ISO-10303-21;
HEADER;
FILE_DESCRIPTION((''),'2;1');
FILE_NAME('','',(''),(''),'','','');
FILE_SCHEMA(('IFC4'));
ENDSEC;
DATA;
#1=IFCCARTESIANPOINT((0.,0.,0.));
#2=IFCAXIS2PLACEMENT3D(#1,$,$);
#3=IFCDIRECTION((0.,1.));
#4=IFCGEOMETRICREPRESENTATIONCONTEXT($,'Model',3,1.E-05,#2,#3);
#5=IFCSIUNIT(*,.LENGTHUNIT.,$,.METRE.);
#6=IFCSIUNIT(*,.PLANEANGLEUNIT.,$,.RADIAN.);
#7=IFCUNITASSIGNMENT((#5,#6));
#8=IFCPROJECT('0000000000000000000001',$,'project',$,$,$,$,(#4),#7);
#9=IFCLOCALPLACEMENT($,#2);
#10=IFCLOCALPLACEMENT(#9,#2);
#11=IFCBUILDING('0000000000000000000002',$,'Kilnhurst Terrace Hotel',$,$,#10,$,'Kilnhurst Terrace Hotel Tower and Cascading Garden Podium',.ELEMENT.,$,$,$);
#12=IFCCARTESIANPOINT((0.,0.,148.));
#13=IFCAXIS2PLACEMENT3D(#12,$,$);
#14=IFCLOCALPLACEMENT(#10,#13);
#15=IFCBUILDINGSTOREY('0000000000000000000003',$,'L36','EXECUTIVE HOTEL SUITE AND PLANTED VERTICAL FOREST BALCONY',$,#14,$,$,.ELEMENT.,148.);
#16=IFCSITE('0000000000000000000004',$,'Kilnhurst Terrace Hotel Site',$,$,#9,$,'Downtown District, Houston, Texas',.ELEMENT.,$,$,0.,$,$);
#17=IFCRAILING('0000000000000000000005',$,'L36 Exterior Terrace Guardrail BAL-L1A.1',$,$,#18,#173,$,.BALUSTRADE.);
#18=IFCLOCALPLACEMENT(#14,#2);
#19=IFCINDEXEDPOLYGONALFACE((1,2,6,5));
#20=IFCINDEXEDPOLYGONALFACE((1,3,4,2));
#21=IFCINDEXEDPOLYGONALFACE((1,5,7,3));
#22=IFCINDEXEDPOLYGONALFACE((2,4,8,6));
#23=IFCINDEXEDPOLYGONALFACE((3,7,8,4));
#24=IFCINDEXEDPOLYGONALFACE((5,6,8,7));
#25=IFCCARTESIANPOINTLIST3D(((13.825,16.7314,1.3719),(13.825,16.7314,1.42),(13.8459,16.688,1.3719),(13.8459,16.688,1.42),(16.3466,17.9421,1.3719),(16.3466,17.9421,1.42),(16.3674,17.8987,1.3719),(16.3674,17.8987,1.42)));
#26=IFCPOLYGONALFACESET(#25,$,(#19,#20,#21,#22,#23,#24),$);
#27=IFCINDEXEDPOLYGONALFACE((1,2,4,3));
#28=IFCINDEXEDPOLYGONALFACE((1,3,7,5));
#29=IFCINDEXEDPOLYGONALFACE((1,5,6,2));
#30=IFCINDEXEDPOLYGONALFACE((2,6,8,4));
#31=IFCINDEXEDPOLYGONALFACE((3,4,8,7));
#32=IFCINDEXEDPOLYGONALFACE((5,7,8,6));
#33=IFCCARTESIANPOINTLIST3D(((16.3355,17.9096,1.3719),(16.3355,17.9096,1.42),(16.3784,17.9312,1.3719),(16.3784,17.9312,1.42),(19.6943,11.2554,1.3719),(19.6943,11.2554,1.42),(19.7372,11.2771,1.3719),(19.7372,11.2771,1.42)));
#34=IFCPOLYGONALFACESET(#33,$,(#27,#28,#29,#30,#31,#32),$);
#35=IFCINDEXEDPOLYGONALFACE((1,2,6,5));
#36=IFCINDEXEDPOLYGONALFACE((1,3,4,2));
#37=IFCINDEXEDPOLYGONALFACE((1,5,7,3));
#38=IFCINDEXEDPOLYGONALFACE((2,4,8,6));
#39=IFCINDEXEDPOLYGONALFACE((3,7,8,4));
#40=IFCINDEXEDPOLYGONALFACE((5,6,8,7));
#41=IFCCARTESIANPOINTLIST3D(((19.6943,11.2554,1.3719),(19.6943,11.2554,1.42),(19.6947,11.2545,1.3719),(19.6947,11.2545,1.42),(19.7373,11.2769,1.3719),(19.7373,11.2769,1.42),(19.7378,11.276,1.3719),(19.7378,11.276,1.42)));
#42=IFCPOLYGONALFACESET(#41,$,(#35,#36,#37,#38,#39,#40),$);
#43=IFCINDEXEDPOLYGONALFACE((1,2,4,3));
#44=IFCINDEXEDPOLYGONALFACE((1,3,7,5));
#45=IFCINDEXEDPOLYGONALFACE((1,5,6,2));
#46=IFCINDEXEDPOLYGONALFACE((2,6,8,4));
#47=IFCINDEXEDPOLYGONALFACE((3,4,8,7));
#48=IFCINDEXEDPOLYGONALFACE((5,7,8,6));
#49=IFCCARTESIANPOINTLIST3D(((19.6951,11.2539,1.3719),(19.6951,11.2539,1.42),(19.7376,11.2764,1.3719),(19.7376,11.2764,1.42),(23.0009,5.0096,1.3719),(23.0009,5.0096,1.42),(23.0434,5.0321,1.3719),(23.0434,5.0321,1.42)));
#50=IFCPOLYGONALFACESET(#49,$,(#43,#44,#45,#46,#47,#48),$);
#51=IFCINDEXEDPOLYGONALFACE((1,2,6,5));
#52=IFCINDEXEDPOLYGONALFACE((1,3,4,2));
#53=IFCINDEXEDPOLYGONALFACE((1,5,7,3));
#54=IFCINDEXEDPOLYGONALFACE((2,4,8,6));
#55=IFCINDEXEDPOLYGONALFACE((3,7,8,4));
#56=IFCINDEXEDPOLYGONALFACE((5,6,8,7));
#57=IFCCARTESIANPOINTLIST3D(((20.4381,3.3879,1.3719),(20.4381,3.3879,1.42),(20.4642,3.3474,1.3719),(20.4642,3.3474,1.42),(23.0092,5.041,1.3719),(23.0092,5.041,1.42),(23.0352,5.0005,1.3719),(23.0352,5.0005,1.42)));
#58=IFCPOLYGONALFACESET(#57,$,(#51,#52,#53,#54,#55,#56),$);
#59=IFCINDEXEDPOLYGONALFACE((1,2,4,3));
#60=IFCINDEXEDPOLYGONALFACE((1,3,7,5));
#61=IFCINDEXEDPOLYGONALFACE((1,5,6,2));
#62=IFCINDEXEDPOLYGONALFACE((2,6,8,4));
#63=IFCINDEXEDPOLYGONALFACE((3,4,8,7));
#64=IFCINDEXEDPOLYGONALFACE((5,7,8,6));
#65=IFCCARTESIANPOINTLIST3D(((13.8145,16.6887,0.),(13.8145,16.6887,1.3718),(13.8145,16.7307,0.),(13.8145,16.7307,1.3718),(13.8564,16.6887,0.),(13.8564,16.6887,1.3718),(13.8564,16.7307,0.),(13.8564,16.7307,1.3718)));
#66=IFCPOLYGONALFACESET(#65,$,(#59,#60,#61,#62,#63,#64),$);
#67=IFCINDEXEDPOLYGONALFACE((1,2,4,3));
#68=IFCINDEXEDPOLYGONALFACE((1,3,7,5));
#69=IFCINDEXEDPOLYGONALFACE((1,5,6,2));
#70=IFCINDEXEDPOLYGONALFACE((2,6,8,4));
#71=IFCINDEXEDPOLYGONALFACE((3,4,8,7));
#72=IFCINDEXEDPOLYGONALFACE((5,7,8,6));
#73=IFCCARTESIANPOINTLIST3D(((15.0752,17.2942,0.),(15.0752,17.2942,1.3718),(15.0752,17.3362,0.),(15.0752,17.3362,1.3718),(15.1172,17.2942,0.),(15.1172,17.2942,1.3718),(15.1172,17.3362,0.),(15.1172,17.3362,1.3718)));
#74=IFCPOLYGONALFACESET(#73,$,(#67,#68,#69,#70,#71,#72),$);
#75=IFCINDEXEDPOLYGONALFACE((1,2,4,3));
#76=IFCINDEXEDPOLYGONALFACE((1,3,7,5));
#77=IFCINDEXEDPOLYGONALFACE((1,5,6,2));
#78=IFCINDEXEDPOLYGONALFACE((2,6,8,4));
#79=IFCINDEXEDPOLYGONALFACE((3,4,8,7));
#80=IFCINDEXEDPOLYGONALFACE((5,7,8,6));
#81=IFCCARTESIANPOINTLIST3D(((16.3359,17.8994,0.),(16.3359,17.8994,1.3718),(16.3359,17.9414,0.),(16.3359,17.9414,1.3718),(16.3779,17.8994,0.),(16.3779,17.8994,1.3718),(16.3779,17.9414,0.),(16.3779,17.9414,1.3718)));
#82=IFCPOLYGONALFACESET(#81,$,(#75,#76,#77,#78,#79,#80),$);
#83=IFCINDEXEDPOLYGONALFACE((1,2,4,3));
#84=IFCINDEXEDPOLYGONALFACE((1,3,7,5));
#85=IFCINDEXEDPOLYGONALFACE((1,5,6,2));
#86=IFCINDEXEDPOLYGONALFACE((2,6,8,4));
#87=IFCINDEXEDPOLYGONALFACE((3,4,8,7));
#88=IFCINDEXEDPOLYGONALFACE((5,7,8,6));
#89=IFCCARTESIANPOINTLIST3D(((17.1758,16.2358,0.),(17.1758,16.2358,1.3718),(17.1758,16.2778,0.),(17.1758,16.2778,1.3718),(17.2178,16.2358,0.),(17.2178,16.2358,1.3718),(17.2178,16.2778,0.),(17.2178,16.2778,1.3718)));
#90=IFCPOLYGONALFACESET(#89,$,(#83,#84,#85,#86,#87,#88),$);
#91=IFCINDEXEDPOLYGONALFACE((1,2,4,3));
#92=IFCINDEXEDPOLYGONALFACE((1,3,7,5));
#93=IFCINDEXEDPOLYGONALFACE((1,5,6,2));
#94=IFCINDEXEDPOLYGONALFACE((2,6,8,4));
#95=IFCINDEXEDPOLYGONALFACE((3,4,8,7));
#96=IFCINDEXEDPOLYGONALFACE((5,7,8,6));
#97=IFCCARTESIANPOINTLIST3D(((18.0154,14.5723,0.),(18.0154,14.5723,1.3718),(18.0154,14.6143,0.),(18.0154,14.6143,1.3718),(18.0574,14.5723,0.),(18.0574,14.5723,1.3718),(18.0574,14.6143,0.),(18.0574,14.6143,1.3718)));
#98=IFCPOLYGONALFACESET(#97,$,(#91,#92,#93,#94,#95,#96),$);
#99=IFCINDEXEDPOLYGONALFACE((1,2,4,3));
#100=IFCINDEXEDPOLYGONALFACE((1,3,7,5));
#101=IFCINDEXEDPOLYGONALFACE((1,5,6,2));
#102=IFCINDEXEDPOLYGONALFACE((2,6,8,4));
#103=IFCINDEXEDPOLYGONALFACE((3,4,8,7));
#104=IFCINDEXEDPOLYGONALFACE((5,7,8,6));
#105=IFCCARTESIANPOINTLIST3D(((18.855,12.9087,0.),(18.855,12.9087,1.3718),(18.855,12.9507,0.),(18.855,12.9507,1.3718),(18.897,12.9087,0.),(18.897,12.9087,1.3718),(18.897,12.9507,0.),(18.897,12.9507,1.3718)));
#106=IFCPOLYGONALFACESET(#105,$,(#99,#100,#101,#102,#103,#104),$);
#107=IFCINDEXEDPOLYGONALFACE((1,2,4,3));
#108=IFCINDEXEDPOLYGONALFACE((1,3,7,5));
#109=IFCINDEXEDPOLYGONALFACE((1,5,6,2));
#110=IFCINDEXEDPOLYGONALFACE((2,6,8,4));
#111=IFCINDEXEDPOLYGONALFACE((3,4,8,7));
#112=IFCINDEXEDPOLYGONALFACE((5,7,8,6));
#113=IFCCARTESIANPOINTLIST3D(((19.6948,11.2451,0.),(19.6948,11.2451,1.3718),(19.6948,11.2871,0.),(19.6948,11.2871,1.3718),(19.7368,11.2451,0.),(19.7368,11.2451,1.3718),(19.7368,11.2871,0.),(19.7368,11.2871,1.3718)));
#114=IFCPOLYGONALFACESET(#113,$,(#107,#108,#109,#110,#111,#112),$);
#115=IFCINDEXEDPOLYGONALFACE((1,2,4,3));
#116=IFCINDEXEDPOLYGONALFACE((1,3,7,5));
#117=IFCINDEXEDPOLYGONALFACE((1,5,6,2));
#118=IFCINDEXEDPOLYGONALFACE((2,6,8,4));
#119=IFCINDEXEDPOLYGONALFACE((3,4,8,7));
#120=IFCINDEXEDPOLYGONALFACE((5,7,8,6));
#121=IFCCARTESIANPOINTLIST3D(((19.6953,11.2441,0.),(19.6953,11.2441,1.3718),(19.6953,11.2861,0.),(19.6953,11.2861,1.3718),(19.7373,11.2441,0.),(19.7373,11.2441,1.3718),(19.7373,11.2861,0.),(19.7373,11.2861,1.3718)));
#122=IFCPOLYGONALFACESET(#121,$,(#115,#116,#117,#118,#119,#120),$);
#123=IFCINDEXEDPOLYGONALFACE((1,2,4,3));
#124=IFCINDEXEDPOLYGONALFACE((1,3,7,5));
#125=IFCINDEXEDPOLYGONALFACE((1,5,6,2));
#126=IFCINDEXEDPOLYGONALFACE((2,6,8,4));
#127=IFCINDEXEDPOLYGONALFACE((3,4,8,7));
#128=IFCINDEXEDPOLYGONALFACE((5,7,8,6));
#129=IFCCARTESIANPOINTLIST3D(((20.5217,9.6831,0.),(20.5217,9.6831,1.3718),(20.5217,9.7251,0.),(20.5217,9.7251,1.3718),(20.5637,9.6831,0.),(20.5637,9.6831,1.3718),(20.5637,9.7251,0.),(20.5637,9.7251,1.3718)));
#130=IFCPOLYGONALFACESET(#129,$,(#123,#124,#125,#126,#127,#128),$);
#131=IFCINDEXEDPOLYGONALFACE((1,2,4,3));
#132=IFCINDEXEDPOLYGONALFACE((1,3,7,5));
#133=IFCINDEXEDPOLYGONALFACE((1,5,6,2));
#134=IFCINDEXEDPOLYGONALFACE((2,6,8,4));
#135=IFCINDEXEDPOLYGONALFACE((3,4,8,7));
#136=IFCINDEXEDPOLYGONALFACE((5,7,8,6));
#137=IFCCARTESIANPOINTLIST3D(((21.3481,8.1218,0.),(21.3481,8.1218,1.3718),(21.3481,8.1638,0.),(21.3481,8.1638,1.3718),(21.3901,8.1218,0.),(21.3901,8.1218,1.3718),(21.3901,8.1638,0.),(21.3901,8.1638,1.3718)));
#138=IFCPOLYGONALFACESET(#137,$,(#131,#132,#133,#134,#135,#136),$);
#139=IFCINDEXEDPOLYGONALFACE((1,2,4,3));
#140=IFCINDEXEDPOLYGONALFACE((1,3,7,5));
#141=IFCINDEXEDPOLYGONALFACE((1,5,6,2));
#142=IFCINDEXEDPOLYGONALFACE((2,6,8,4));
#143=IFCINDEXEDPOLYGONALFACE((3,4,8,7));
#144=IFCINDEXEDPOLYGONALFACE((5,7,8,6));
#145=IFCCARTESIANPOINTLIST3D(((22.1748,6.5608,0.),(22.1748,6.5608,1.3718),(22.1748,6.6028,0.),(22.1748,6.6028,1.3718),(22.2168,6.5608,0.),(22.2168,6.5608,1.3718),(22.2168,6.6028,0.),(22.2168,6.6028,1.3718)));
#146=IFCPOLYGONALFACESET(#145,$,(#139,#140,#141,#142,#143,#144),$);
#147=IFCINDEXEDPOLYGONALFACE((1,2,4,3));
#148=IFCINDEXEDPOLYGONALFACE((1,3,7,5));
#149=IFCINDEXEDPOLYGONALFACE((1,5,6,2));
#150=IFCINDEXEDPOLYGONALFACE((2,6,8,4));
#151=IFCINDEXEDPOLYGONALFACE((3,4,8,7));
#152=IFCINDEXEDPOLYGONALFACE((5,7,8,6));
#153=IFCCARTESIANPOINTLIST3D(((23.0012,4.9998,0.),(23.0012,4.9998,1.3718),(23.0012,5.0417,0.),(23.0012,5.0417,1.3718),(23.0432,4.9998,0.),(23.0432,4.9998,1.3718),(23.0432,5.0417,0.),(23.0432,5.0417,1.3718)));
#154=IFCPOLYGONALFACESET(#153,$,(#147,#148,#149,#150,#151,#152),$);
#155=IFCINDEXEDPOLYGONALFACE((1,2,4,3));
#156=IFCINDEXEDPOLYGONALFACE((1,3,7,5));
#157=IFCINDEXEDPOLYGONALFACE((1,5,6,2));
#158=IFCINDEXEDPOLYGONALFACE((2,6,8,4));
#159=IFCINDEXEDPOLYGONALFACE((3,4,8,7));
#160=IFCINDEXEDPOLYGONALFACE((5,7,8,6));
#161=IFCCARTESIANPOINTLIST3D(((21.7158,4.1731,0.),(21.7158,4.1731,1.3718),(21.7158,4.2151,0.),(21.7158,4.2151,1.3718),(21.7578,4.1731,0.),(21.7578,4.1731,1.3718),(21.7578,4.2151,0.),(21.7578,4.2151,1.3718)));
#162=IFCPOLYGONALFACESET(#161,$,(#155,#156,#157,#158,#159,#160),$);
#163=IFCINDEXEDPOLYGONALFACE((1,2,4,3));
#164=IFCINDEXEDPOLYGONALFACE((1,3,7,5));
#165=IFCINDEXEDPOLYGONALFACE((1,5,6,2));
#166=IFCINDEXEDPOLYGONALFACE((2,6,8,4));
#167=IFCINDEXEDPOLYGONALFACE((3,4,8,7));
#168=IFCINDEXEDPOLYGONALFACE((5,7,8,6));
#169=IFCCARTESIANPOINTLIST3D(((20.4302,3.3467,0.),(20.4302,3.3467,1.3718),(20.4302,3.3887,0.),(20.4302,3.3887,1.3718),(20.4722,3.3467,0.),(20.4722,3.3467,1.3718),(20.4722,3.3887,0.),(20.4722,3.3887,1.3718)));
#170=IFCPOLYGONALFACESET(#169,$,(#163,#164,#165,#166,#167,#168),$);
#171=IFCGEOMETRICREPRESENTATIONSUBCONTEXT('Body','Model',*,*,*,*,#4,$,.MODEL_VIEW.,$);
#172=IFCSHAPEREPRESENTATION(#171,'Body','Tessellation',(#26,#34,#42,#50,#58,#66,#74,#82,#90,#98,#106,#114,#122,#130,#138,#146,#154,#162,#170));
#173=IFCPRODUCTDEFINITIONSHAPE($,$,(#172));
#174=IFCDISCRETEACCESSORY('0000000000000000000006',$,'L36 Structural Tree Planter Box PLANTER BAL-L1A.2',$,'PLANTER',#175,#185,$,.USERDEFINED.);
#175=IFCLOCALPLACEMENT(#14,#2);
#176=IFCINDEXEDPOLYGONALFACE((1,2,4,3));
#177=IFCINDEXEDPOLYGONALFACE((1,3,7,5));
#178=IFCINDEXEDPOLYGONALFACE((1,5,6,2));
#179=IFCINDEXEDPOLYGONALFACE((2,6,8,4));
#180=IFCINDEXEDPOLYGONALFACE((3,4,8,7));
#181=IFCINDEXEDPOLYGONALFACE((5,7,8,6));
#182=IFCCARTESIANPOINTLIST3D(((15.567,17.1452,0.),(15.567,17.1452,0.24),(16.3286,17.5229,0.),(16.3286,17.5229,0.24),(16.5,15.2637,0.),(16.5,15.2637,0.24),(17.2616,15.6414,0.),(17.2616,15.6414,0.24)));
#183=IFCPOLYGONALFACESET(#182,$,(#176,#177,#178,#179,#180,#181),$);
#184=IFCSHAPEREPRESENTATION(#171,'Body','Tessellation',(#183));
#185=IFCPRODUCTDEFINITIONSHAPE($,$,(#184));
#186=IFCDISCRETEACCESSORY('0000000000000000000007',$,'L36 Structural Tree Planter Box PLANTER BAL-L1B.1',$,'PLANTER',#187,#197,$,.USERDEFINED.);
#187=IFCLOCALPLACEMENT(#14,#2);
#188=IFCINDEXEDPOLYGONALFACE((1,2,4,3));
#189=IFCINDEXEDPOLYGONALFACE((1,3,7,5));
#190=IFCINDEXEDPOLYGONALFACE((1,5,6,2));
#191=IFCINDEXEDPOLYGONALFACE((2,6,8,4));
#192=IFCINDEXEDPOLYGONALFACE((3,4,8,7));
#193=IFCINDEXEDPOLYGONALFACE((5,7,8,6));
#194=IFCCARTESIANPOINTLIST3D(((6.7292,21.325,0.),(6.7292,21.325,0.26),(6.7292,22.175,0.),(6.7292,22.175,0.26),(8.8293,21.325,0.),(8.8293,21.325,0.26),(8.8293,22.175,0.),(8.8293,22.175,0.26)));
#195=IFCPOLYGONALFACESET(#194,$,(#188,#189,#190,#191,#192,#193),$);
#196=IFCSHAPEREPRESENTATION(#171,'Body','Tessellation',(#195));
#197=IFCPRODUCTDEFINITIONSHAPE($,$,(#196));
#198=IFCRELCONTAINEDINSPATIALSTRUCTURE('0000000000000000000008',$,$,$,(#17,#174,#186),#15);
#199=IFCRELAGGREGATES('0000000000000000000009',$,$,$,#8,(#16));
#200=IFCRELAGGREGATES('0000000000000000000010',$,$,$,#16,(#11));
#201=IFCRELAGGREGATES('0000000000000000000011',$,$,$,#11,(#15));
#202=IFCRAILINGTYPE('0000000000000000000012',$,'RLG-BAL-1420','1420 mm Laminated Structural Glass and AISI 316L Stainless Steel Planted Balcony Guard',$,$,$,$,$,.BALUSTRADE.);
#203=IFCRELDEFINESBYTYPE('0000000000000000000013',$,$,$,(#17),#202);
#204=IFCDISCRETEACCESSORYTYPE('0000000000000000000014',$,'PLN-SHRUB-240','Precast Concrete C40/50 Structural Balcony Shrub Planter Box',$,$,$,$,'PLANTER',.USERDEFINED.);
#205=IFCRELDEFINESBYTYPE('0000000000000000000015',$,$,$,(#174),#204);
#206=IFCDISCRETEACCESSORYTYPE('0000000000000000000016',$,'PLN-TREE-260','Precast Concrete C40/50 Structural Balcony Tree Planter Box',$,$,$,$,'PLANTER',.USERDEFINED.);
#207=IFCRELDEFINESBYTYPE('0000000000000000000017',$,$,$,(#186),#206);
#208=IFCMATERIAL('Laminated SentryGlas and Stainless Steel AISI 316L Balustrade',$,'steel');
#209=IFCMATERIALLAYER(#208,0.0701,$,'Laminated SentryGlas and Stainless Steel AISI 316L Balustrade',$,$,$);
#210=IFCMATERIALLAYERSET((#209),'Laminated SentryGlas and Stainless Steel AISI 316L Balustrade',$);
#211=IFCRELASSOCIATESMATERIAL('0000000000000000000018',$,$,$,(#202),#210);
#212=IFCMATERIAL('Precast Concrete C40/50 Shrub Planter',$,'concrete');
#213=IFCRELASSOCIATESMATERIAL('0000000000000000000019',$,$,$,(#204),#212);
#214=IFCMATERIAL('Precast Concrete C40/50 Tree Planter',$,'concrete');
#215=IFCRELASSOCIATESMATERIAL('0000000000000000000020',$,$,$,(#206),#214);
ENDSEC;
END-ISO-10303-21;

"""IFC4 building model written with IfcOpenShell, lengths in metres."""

from ifc_helpers import new_model, si_unit, direction, frame, origin, origin_2d, place, context, subcontext, project, spatial, rectangle, extrude, material, layer, layer_set, type_object, element, save


model = new_model("IFC4")

# Units and contexts
model_context = context("Model", 3, precision=1e-05, world=origin(), true_north=direction((0.0, 1.0)))
body_context = subcontext(model_context, "Body", "Model", "MODEL_VIEW")
ifc_project = project(units=[si_unit("LENGTHUNIT", "METRE"), si_unit("PLANEANGLEUNIT", "RADIAN")], contexts=[model_context])

# Site, building, storey
site_placement = place(None, origin())
site = spatial("IfcSite", under=ifc_project, at=site_placement, Name="Kilnhurst Terrace Hotel Site", LongName="Downtown District, Houston, Texas", CompositionType="ELEMENT", RefElevation=0.0)
building_placement = place(site_placement, origin())
building = spatial("IfcBuilding", under=site, at=building_placement, Name="Kilnhurst Terrace Hotel", LongName="Kilnhurst Terrace Hotel Tower and Cascading Garden Podium", CompositionType="ELEMENT")
storey_placement = place(building_placement, frame((0.0, 0.0, 148.0)))
storey = spatial("IfcBuildingStorey", under=building, at=storey_placement, Name="L36", Description="EXECUTIVE HOTEL SUITE AND PLANTED VERTICAL FOREST BALCONY", CompositionType="ELEMENT", Elevation=148.0)

# Railing
ifc_material_1 = material(Name="Laminated SentryGlas and Stainless Steel AISI 316L Balustrade", Category="steel")
ifc_layer_1 = layer(ifc_material_1, 0.0701, Name="Laminated SentryGlas and Stainless Steel AISI 316L Balustrade")
ifc_layer_set_1 = layer_set([ifc_layer_1], Name="Laminated SentryGlas and Stainless Steel AISI 316L Balustrade")
railing_type = type_object("IfcRailingType", Name="RLG-BAL-1420", Description="1420 mm Laminated Structural Glass and AISI 316L Stainless Steel Planted Balcony Guard", PredefinedType="BALUSTRADE", material=ifc_layer_set_1)
railing_placement = place(storey_placement, frame((13.8354, 16.7097, 0.0)))
element("IfcRailing", 1, at=railing_placement, inside=storey, type_object=railing_type, Name="L36 Exterior Terrace Guardrail BAL-L1A.1", PredefinedType="BALUSTRADE", context=body_context, shape_type="SweptSolid", body=[
    extrude(rectangle(XDim=0.0481, YDim=0.0481, at=origin_2d()), frame((0.0, 0.0, 1.396), z_axis=(0.90147, 0.432842, 0.0), x_axis=(-0.432842, 0.90147, 0.0)), (0.0, 0.0, 1.0), 2.7971),
    extrude(rectangle(XDim=0.0481, YDim=0.0481, at=origin_2d()), frame((2.5215, 1.2107, 1.396), z_axis=(0.450617, -0.892718, 0.0), x_axis=(0.892718, 0.450617, 0.0)), (0.0, 0.0, 1.0), 7.4539),
    extrude(rectangle(XDim=0.0481, YDim=0.0481, at=origin_2d()), frame((5.8804, -5.4436, 1.396), z_axis=(0.447214, -0.894427, 0.0), x_axis=(0.894427, 0.447214, 0.0)), (0.0, 0.0, 1.0), 0.001),
    extrude(rectangle(XDim=0.0481, YDim=0.0481, at=origin_2d()), frame((5.8809, -5.4446, 1.396), z_axis=(0.467894, -0.883785, 0.0), x_axis=(0.883785, 0.467894, 0.0)), (0.0, 0.0, 1.0), 7.0654),
    extrude(rectangle(XDim=0.0481, YDim=0.0481, at=origin_2d()), frame((9.1868, -11.689, 1.396), z_axis=(-0.84114, -0.540818, 0.0), x_axis=(0.540818, -0.84114, 0.0)), (0.0, 0.0, 1.0), 3.0566),
    extrude(rectangle(XDim=0.042, YDim=0.042, at=origin_2d()), origin(), (0.0, 0.0, 1.0), 1.3718),
    extrude(rectangle(XDim=0.042, YDim=0.042, at=origin_2d()), frame((1.2607, 0.6055, 0.0)), (0.0, 0.0, 1.0), 1.3718),
    extrude(rectangle(XDim=0.042, YDim=0.042, at=origin_2d()), frame((2.5215, 1.2107, 0.0)), (0.0, 0.0, 1.0), 1.3718),
    extrude(rectangle(XDim=0.042, YDim=0.042, at=origin_2d()), frame((3.3613, -0.4529, 0.0)), (0.0, 0.0, 1.0), 1.3718),
    extrude(rectangle(XDim=0.042, YDim=0.042, at=origin_2d()), frame((4.2009, -2.1165, 0.0)), (0.0, 0.0, 1.0), 1.3718),
    extrude(rectangle(XDim=0.042, YDim=0.042, at=origin_2d()), frame((5.0405, -3.78, 0.0)), (0.0, 0.0, 1.0), 1.3718),
    extrude(rectangle(XDim=0.042, YDim=0.042, at=origin_2d()), frame((5.8804, -5.4436, 0.0)), (0.0, 0.0, 1.0), 1.3718),
    extrude(rectangle(XDim=0.042, YDim=0.042, at=origin_2d()), frame((5.8809, -5.4446, 0.0)), (0.0, 0.0, 1.0), 1.3718),
    extrude(rectangle(XDim=0.042, YDim=0.042, at=origin_2d()), frame((6.7073, -7.0056, 0.0)), (0.0, 0.0, 1.0), 1.3718),
    extrude(rectangle(XDim=0.042, YDim=0.042, at=origin_2d()), frame((7.5337, -8.5669, 0.0)), (0.0, 0.0, 1.0), 1.3718),
    extrude(rectangle(XDim=0.042, YDim=0.042, at=origin_2d()), frame((8.3604, -10.1279, 0.0)), (0.0, 0.0, 1.0), 1.3718),
    extrude(rectangle(XDim=0.042, YDim=0.042, at=origin_2d()), frame((9.1868, -11.689, 0.0)), (0.0, 0.0, 1.0), 1.3718),
    extrude(rectangle(XDim=0.042, YDim=0.042, at=origin_2d()), frame((7.9014, -12.5156, 0.0)), (0.0, 0.0, 1.0), 1.3718),
    extrude(rectangle(XDim=0.042, YDim=0.042, at=origin_2d()), frame((6.6157, -13.342, 0.0)), (0.0, 0.0, 1.0), 1.3718),
])

# Discrete accessories
ifc_material_2 = material(Name="Precast Concrete C40/50 Shrub Planter", Category="concrete")
discrete_accessory_type_1 = type_object("IfcDiscreteAccessoryType", Name="PLN-SHRUB-240", Description="Precast Concrete C40/50 Structural Balcony Shrub Planter Box", ElementType="PLANTER", PredefinedType="USERDEFINED", material=ifc_material_2)
discrete_accessory_1_placement = place(storey_placement, frame((16.4143, 16.3933, 0.0), z_axis=(0.0, 0.0, 1.0), x_axis=(-0.444244, 0.895906, 0.0)))
element("IfcDiscreteAccessory", 2, at=discrete_accessory_1_placement, inside=storey, type_object=discrete_accessory_type_1, Name="L36 Structural Tree Planter Box PLANTER BAL-L1A.2", ObjectType="PLANTER", PredefinedType="USERDEFINED", context=body_context, shape_type="SweptSolid", body=[
    extrude(rectangle(XDim=2.1001, YDim=0.8501, at=origin_2d()), origin(), (0.0, 0.0, 1.0), 0.24),
])
ifc_material_3 = material(Name="Precast Concrete C40/50 Tree Planter", Category="concrete")
discrete_accessory_type_2 = type_object("IfcDiscreteAccessoryType", Name="PLN-TREE-260", Description="Precast Concrete C40/50 Structural Balcony Tree Planter Box", ElementType="PLANTER", PredefinedType="USERDEFINED", material=ifc_material_3)
discrete_accessory_2_placement = place(storey_placement, frame((7.7793, 21.75, 0.0), z_axis=(0.0, 0.0, 1.0), x_axis=(-1.0, 0.0, 0.0)))
element("IfcDiscreteAccessory", 3, at=discrete_accessory_2_placement, inside=storey, type_object=discrete_accessory_type_2, Name="L36 Structural Tree Planter Box PLANTER BAL-L1B.1", ObjectType="PLANTER", PredefinedType="USERDEFINED", context=body_context, shape_type="SweptSolid", body=[
    extrude(rectangle(XDim=2.1001, YDim=0.8501, at=origin_2d()), origin(), (0.0, 0.0, 1.0), 0.26),
])

save(model, "model.ifc")
